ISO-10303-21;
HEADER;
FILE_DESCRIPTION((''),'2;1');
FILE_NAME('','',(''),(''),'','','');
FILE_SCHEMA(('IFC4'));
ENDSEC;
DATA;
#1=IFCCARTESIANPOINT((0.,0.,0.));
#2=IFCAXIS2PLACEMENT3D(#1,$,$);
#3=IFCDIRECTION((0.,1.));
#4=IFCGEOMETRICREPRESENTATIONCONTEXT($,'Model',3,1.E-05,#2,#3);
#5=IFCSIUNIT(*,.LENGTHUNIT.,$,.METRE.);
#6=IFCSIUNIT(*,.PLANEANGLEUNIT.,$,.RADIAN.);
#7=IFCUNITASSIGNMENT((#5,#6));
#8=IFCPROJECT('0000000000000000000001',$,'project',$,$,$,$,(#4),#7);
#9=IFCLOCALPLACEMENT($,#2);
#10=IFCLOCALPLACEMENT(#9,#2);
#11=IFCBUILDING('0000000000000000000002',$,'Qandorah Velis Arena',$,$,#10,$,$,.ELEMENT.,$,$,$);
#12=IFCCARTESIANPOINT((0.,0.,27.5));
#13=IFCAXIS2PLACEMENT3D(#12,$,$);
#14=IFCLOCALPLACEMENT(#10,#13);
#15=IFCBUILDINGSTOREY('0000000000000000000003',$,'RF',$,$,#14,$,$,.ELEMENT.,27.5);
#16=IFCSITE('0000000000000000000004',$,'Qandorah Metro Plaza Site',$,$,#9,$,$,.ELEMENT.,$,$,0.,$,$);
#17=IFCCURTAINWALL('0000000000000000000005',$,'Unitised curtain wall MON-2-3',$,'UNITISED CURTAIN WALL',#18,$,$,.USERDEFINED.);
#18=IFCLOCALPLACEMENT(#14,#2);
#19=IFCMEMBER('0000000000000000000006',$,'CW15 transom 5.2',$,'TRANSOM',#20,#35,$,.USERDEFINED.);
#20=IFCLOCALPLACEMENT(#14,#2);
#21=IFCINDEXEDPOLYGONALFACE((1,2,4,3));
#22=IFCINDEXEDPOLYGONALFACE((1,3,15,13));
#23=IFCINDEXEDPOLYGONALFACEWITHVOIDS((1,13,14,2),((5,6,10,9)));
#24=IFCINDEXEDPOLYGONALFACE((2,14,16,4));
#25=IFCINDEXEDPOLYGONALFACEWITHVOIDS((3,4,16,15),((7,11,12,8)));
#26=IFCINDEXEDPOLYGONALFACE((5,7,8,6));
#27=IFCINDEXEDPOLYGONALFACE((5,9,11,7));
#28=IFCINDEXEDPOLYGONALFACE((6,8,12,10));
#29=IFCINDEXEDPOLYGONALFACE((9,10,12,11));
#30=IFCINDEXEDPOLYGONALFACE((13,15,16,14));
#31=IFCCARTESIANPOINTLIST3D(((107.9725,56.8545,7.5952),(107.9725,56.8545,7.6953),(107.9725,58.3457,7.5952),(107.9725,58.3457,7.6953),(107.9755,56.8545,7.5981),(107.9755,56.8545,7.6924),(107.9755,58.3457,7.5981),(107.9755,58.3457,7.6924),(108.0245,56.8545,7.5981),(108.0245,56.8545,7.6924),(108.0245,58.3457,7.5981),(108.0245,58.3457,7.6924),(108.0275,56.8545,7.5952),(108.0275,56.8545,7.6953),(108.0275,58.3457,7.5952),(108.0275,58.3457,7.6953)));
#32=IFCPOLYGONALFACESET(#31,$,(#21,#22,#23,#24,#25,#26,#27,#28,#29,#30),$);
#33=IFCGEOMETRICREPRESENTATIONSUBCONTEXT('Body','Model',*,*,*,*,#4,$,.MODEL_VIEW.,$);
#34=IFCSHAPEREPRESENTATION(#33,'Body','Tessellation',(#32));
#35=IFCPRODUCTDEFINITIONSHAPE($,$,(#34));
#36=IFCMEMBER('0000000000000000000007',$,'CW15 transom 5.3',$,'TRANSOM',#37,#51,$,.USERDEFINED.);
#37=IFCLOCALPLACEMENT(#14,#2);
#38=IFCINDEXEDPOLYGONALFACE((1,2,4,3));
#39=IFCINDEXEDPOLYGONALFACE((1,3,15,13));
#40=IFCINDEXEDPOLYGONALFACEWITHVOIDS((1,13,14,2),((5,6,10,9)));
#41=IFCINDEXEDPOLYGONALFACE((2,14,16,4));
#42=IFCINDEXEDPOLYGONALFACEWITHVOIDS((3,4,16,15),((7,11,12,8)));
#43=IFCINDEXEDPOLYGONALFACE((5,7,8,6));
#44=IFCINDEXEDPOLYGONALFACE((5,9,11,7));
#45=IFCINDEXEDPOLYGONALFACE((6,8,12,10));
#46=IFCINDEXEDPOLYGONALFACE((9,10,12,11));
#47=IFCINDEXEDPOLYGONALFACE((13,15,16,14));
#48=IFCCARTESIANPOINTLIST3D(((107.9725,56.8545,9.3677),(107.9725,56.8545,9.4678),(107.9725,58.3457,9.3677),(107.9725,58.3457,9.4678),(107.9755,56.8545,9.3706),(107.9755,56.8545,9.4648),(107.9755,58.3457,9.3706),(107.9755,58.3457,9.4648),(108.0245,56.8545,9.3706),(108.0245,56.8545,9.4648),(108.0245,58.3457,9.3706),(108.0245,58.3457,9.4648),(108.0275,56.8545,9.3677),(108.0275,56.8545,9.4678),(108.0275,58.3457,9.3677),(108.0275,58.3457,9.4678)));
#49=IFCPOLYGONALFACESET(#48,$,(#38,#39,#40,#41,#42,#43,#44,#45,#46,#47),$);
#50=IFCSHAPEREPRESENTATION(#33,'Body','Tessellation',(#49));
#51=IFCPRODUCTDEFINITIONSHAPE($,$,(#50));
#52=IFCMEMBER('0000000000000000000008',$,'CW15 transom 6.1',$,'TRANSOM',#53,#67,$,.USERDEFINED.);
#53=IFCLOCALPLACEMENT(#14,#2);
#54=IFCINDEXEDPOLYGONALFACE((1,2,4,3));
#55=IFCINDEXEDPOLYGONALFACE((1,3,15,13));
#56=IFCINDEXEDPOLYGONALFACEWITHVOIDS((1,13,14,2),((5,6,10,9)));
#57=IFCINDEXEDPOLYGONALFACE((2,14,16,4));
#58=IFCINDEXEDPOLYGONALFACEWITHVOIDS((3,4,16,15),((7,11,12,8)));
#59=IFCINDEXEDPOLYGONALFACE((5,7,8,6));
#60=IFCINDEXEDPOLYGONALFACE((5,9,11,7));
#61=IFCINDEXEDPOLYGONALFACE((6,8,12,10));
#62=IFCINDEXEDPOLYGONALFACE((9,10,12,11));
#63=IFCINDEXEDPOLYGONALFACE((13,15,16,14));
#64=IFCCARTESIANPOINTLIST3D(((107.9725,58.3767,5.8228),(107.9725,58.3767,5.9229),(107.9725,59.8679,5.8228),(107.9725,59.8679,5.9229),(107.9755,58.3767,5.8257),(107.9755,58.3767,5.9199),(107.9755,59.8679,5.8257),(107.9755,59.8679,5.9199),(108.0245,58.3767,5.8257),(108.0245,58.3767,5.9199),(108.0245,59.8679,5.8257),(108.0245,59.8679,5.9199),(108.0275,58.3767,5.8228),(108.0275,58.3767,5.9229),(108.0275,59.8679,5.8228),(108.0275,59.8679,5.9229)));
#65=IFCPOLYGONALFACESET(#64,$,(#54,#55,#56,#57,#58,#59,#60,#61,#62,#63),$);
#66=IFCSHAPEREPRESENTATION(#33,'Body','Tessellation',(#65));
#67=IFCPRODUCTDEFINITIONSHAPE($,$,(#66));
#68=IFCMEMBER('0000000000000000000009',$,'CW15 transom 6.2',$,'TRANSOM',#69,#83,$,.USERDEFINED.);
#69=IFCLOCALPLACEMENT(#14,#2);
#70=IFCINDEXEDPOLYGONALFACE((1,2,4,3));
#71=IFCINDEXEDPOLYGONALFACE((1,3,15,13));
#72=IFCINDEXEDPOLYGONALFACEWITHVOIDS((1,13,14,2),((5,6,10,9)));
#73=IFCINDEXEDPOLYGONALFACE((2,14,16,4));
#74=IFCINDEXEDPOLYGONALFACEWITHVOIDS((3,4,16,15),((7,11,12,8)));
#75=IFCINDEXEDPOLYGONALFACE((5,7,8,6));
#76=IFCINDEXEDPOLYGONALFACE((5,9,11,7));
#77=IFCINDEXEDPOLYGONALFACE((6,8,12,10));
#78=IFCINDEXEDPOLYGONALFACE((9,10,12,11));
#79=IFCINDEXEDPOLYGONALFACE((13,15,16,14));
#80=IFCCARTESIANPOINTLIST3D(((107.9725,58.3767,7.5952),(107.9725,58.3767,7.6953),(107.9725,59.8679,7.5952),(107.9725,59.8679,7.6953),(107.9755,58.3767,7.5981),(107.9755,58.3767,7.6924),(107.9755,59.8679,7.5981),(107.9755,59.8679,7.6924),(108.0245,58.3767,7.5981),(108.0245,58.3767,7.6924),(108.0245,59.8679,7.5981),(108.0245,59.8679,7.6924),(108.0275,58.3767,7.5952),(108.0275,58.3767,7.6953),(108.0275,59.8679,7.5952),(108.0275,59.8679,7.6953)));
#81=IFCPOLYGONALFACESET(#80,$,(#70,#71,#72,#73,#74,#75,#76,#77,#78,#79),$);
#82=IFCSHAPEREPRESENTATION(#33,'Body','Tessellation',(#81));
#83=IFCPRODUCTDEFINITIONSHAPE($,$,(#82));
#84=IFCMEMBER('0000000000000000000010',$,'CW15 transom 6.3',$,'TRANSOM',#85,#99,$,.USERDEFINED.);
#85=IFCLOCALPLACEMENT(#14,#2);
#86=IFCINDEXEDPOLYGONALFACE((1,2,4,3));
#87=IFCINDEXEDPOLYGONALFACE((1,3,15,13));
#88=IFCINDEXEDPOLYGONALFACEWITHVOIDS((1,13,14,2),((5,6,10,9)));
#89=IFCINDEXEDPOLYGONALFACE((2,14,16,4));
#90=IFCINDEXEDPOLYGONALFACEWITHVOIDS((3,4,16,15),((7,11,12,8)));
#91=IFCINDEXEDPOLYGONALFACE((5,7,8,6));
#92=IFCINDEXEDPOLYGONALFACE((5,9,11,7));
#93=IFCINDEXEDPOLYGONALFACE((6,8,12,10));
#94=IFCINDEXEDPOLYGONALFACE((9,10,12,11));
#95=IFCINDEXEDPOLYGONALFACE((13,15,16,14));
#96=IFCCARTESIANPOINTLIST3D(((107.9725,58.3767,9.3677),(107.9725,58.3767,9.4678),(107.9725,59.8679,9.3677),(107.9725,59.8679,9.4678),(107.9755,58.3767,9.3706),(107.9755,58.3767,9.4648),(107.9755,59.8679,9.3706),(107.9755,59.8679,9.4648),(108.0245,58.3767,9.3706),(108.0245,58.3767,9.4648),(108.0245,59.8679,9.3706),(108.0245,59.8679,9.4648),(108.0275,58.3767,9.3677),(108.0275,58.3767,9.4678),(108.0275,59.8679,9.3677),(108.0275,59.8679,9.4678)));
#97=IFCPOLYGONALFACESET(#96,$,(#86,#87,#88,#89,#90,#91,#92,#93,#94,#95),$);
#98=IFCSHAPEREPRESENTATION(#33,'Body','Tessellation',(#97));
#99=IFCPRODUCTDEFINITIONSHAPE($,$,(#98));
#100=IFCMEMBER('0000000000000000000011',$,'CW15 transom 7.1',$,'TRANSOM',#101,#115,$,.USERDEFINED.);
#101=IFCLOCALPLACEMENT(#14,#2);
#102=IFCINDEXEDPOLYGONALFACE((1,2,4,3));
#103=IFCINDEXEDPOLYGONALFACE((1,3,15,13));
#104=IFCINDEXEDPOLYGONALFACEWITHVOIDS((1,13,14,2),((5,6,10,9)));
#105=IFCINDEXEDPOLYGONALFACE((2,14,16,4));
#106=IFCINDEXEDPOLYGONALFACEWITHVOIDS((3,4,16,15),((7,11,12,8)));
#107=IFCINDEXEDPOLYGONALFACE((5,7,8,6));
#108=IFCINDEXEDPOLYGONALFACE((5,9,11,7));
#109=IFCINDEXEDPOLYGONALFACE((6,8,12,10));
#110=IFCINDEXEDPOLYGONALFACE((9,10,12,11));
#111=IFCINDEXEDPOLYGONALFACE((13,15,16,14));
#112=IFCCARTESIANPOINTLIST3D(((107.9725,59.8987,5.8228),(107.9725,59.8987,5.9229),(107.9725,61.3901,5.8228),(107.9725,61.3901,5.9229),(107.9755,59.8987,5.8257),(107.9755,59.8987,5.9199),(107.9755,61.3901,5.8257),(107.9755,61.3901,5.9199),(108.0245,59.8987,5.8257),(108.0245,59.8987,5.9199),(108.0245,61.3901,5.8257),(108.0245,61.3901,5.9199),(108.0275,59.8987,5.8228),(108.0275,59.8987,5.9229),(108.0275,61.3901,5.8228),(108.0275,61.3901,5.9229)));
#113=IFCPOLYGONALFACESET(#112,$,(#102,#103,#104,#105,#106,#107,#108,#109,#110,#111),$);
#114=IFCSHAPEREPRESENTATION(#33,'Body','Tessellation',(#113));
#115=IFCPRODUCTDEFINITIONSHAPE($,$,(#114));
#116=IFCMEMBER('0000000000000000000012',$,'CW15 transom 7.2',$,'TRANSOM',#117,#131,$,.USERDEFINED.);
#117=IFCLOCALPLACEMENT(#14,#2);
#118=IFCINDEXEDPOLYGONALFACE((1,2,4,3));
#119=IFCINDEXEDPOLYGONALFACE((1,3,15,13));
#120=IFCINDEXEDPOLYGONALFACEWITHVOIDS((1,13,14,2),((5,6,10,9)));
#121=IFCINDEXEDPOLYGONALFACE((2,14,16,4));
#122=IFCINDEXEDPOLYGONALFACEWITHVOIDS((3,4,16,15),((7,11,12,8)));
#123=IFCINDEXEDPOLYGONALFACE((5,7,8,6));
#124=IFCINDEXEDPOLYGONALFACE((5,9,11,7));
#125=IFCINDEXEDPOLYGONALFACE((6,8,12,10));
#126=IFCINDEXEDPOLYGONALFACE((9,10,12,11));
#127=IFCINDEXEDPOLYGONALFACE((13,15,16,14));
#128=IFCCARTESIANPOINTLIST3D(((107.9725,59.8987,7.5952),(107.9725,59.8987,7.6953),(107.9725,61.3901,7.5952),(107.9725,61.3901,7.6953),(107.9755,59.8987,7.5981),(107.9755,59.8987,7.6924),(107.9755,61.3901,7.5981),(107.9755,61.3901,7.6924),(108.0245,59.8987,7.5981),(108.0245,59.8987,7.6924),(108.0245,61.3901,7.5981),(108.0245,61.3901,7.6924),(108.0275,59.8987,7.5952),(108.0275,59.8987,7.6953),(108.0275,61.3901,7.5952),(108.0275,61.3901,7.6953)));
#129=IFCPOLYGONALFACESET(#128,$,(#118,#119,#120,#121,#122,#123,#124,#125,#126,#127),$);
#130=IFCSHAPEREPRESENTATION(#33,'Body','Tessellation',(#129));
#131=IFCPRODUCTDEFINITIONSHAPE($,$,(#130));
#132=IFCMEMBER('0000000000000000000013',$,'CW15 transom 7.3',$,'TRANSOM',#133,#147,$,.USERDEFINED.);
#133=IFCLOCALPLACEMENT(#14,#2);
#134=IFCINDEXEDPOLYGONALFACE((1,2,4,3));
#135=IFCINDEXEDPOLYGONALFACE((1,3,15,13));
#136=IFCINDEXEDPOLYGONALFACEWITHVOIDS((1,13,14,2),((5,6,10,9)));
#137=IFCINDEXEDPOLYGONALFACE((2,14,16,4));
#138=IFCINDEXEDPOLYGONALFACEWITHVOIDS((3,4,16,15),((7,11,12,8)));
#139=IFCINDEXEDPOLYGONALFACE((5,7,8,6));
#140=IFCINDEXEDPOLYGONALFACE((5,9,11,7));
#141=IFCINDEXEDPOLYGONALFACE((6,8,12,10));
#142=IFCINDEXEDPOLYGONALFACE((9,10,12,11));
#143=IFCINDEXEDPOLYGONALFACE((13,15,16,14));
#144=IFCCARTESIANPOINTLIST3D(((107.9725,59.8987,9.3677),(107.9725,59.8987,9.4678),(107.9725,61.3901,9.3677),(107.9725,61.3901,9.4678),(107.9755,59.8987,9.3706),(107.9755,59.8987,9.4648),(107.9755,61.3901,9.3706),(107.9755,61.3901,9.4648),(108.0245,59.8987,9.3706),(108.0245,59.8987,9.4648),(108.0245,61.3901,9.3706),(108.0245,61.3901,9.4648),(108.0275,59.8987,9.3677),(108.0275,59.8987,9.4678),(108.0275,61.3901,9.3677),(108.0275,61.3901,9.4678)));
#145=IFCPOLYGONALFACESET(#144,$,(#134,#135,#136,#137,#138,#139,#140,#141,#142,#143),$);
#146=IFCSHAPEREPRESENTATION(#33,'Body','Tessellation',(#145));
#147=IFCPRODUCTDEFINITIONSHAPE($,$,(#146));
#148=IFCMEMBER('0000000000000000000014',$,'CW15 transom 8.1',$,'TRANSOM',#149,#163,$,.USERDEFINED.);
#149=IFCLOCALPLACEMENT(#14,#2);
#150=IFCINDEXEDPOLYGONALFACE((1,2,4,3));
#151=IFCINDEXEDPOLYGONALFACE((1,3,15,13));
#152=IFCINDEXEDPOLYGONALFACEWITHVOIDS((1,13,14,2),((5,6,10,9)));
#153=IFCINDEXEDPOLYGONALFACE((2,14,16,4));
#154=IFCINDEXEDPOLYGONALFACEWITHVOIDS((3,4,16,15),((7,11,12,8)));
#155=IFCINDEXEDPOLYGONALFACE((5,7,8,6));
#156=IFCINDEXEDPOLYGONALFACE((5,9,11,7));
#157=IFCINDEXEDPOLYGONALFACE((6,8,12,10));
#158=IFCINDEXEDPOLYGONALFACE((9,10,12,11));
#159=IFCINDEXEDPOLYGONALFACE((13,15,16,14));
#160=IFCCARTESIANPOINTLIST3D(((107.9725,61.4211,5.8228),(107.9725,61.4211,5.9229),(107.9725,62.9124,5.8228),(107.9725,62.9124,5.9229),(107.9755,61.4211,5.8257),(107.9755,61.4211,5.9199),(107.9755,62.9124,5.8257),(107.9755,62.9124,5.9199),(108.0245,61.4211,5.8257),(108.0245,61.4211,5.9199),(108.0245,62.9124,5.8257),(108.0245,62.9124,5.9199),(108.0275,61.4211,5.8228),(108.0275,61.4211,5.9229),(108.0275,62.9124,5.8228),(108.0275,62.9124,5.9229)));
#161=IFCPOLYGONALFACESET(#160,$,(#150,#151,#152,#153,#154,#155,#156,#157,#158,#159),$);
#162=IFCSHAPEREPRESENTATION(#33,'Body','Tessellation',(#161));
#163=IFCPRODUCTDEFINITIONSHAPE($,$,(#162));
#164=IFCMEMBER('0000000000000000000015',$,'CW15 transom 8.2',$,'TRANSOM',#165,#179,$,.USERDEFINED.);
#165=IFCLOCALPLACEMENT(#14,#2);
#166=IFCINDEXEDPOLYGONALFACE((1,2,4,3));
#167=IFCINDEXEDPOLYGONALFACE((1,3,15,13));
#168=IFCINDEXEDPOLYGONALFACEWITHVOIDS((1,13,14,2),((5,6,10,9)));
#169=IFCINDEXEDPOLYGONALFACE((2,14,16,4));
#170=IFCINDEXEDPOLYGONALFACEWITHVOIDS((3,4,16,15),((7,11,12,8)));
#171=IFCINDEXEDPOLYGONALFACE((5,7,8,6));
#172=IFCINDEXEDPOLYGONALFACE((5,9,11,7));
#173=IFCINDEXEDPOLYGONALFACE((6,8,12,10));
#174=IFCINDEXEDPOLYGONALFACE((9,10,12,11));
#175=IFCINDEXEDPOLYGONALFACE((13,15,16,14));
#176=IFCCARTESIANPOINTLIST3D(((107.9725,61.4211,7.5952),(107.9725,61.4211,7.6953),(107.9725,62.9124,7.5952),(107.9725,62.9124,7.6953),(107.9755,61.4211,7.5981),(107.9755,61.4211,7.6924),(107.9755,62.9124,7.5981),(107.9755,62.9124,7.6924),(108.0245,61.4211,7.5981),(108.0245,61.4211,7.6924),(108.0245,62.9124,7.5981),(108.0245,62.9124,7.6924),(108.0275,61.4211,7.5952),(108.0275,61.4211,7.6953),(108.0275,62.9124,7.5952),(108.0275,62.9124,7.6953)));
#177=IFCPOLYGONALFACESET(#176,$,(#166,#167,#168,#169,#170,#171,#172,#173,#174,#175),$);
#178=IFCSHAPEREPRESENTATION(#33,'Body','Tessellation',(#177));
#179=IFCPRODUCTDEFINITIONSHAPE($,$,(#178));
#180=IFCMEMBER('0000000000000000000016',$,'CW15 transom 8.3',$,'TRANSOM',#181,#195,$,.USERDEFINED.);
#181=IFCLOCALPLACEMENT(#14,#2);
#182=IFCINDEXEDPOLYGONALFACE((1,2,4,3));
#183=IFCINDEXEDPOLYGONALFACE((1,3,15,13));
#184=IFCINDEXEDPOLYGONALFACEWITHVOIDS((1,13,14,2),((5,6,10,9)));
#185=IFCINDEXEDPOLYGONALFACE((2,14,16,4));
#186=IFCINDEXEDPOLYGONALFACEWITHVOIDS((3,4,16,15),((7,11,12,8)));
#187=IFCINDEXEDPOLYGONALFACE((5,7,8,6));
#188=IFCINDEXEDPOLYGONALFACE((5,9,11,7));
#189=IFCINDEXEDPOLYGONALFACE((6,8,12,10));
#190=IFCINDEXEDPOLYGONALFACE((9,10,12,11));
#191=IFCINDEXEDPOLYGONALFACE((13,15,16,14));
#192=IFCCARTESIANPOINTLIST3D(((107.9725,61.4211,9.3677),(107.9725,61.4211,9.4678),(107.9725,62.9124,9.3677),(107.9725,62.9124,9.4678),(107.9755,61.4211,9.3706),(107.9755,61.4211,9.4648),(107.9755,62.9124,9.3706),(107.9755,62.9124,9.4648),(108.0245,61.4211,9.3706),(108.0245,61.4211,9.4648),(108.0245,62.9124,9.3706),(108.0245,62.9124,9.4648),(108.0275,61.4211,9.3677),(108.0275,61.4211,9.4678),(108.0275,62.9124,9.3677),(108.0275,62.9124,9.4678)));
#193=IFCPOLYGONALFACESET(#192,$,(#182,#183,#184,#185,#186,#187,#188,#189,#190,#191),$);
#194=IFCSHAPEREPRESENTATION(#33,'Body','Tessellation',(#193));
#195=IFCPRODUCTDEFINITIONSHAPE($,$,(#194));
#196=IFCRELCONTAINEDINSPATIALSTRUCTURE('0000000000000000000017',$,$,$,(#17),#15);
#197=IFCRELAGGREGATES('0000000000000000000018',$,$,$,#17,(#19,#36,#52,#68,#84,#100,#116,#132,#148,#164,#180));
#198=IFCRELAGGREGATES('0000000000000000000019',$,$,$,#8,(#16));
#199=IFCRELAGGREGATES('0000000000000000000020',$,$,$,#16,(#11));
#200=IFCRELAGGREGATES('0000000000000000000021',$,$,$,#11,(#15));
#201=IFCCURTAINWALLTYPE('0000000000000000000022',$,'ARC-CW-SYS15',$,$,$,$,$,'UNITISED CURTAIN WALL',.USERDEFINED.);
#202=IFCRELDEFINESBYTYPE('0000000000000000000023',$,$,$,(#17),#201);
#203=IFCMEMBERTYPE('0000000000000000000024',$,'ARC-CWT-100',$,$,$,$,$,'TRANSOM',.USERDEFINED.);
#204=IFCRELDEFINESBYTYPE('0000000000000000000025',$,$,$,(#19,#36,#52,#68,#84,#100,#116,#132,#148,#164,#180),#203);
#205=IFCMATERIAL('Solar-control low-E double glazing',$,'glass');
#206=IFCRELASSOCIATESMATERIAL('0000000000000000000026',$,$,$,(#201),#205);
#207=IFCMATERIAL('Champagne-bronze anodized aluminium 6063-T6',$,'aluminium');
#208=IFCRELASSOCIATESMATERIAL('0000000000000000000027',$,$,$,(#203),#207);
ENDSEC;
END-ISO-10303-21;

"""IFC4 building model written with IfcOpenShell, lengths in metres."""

from ifc_helpers import new_model, si_unit, direction, frame, origin, origin_2d, place, context, subcontext, project, spatial, hollow_rectangle, extrude, material, material_profile, profile_set, type_object, element, aggregate, save


model = new_model("IFC4")

# Units and contexts
model_context = context("Model", 3, precision=1e-05, world=origin(), true_north=direction((0.0, 1.0)))
body_context = subcontext(model_context, "Body", "Model", "MODEL_VIEW")
ifc_project = project(units=[si_unit("LENGTHUNIT", "METRE"), si_unit("PLANEANGLEUNIT", "RADIAN")], contexts=[model_context])

# Site, building, storey
site_placement = place(None, origin())
site = spatial("IfcSite", under=ifc_project, at=site_placement, Name="Qandorah Metro Plaza Site", CompositionType="ELEMENT", RefElevation=0.0)
building_placement = place(site_placement, origin())
building = spatial("IfcBuilding", under=site, at=building_placement, Name="Qandorah Velis Arena", CompositionType="ELEMENT")
storey_placement = place(building_placement, frame((0.0, 0.0, 27.5)))
storey = spatial("IfcBuildingStorey", under=building, at=storey_placement, Name="RF", CompositionType="ELEMENT", Elevation=27.5)

# Curtain wall
ifc_material_1 = material(Name="Solar-control low-E double glazing", Category="glass")
curtain_wall_type_1 = type_object("IfcCurtainWallType", Name="ARC-CW-SYS15", ElementType="UNITISED CURTAIN WALL", PredefinedType="USERDEFINED", material=ifc_material_1)
curtain_wall_1_placement = place(storey_placement, origin())
curtain_wall_1 = element("IfcCurtainWall", 1, at=curtain_wall_1_placement, inside=storey, type_object=curtain_wall_type_1, Name="Unitised curtain wall MON-2-3", ObjectType="UNITISED CURTAIN WALL", PredefinedType="USERDEFINED")
ifc_material_2 = material(Name="Champagne-bronze anodized aluminium 6063-T6", Category="aluminium")

# Members
ifc_material_profile_1 = material_profile(ifc_material_2, hollow_rectangle(XDim=0.0549, YDim=0.1001, WallThickness=0.0029, at=origin_2d()), Name="ALU TRANSOM 55x100")
ifc_profile_set_1 = profile_set([ifc_material_profile_1], Name="Champagne-bronze anodized aluminium 6063-T6")
member_type_1 = type_object("IfcMemberType", Name="ARC-CWT-100", ElementType="TRANSOM", PredefinedType="USERDEFINED", material=ifc_profile_set_1)
member_1_placement = place(storey_placement, frame((108.0, 56.8545, 7.6453), z_axis=(0.0, 1.0, 0.0), x_axis=(-1.0, 0.0, 0.0)))
member_1 = element("IfcMember", 2, at=member_1_placement, type_object=member_type_1, Name="CW15 transom 5.2", ObjectType="TRANSOM", PredefinedType="USERDEFINED", context=body_context, shape_type="SweptSolid", body=[
    extrude(hollow_rectangle(XDim=0.0549, YDim=0.1001, WallThickness=0.0029, at=origin_2d()), origin(), (0.0, 0.0, 1.0), 1.4912),
])
member_2_placement = place(storey_placement, frame((108.0, 56.8545, 9.4177), z_axis=(0.0, 1.0, 0.0), x_axis=(-1.0, 0.0, 0.0)))
member_2 = element("IfcMember", 3, at=member_2_placement, type_object=member_type_1, Name="CW15 transom 5.3", ObjectType="TRANSOM", PredefinedType="USERDEFINED", context=body_context, shape_type="SweptSolid", body=[
    extrude(hollow_rectangle(XDim=0.0549, YDim=0.1001, WallThickness=0.0029, at=origin_2d()), origin(), (0.0, 0.0, 1.0), 1.4912),
])
member_3_placement = place(storey_placement, frame((108.0, 58.3767, 5.8728), z_axis=(0.0, 1.0, 0.0), x_axis=(-1.0, 0.0, 0.0)))
member_3 = element("IfcMember", 4, at=member_3_placement, type_object=member_type_1, Name="CW15 transom 6.1", ObjectType="TRANSOM", PredefinedType="USERDEFINED", context=body_context, shape_type="SweptSolid", body=[
    extrude(hollow_rectangle(XDim=0.0549, YDim=0.1001, WallThickness=0.0029, at=origin_2d()), origin(), (0.0, 0.0, 1.0), 1.4912),
])
member_4_placement = place(storey_placement, frame((108.0, 58.3767, 7.6453), z_axis=(0.0, 1.0, 0.0), x_axis=(-1.0, 0.0, 0.0)))
member_4 = element("IfcMember", 5, at=member_4_placement, type_object=member_type_1, Name="CW15 transom 6.2", ObjectType="TRANSOM", PredefinedType="USERDEFINED", context=body_context, shape_type="SweptSolid", body=[
    extrude(hollow_rectangle(XDim=0.0549, YDim=0.1001, WallThickness=0.0029, at=origin_2d()), origin(), (0.0, 0.0, 1.0), 1.4912),
])
member_5_placement = place(storey_placement, frame((108.0, 58.3767, 9.4177), z_axis=(0.0, 1.0, 0.0), x_axis=(-1.0, 0.0, 0.0)))
member_5 = element("IfcMember", 6, at=member_5_placement, type_object=member_type_1, Name="CW15 transom 6.3", ObjectType="TRANSOM", PredefinedType="USERDEFINED", context=body_context, shape_type="SweptSolid", body=[
    extrude(hollow_rectangle(XDim=0.0549, YDim=0.1001, WallThickness=0.0029, at=origin_2d()), origin(), (0.0, 0.0, 1.0), 1.4912),
])
member_6_placement = place(storey_placement, frame((108.0, 59.8987, 5.8728), z_axis=(0.0, 1.0, 0.0), x_axis=(-1.0, 0.0, 0.0)))
member_6 = element("IfcMember", 7, at=member_6_placement, type_object=member_type_1, Name="CW15 transom 7.1", ObjectType="TRANSOM", PredefinedType="USERDEFINED", context=body_context, shape_type="SweptSolid", body=[
    extrude(hollow_rectangle(XDim=0.0549, YDim=0.1001, WallThickness=0.0029, at=origin_2d()), origin(), (0.0, 0.0, 1.0), 1.4915),
])
member_7_placement = place(storey_placement, frame((108.0, 59.8987, 7.6453), z_axis=(0.0, 1.0, 0.0), x_axis=(-1.0, 0.0, 0.0)))
member_7 = element("IfcMember", 8, at=member_7_placement, type_object=member_type_1, Name="CW15 transom 7.2", ObjectType="TRANSOM", PredefinedType="USERDEFINED", context=body_context, shape_type="SweptSolid", body=[
    extrude(hollow_rectangle(XDim=0.0549, YDim=0.1001, WallThickness=0.0029, at=origin_2d()), origin(), (0.0, 0.0, 1.0), 1.4915),
])
member_8_placement = place(storey_placement, frame((108.0, 59.8987, 9.4177), z_axis=(0.0, 1.0, 0.0), x_axis=(-1.0, 0.0, 0.0)))
member_8 = element("IfcMember", 9, at=member_8_placement, type_object=member_type_1, Name="CW15 transom 7.3", ObjectType="TRANSOM", PredefinedType="USERDEFINED", context=body_context, shape_type="SweptSolid", body=[
    extrude(hollow_rectangle(XDim=0.0549, YDim=0.1001, WallThickness=0.0029, at=origin_2d()), origin(), (0.0, 0.0, 1.0), 1.4915),
])
member_9_placement = place(storey_placement, frame((108.0, 61.4211, 5.8728), z_axis=(0.0, 1.0, 0.0), x_axis=(-1.0, 0.0, 0.0)))
member_9 = element("IfcMember", 10, at=member_9_placement, type_object=member_type_1, Name="CW15 transom 8.1", ObjectType="TRANSOM", PredefinedType="USERDEFINED", context=body_context, shape_type="SweptSolid", body=[
    extrude(hollow_rectangle(XDim=0.0549, YDim=0.1001, WallThickness=0.0029, at=origin_2d()), origin(), (0.0, 0.0, 1.0), 1.4912),
])
member_10_placement = place(storey_placement, frame((108.0, 61.4211, 7.6453), z_axis=(0.0, 1.0, 0.0), x_axis=(-1.0, 0.0, 0.0)))
member_10 = element("IfcMember", 11, at=member_10_placement, type_object=member_type_1, Name="CW15 transom 8.2", ObjectType="TRANSOM", PredefinedType="USERDEFINED", context=body_context, shape_type="SweptSolid", body=[
    extrude(hollow_rectangle(XDim=0.0549, YDim=0.1001, WallThickness=0.0029, at=origin_2d()), origin(), (0.0, 0.0, 1.0), 1.4912),
])
member_11_placement = place(storey_placement, frame((108.0, 61.4211, 9.4177), z_axis=(0.0, 1.0, 0.0), x_axis=(-1.0, 0.0, 0.0)))
member_11 = element("IfcMember", 12, at=member_11_placement, type_object=member_type_1, Name="CW15 transom 8.3", ObjectType="TRANSOM", PredefinedType="USERDEFINED", context=body_context, shape_type="SweptSolid", body=[
    extrude(hollow_rectangle(XDim=0.0549, YDim=0.1001, WallThickness=0.0029, at=origin_2d()), origin(), (0.0, 0.0, 1.0), 1.4912),
])

aggregate(curtain_wall_1, [member_1, member_2, member_3, member_4, member_5, member_6, member_7, member_8, member_9, member_10, member_11])

save(model, "model.ifc")
